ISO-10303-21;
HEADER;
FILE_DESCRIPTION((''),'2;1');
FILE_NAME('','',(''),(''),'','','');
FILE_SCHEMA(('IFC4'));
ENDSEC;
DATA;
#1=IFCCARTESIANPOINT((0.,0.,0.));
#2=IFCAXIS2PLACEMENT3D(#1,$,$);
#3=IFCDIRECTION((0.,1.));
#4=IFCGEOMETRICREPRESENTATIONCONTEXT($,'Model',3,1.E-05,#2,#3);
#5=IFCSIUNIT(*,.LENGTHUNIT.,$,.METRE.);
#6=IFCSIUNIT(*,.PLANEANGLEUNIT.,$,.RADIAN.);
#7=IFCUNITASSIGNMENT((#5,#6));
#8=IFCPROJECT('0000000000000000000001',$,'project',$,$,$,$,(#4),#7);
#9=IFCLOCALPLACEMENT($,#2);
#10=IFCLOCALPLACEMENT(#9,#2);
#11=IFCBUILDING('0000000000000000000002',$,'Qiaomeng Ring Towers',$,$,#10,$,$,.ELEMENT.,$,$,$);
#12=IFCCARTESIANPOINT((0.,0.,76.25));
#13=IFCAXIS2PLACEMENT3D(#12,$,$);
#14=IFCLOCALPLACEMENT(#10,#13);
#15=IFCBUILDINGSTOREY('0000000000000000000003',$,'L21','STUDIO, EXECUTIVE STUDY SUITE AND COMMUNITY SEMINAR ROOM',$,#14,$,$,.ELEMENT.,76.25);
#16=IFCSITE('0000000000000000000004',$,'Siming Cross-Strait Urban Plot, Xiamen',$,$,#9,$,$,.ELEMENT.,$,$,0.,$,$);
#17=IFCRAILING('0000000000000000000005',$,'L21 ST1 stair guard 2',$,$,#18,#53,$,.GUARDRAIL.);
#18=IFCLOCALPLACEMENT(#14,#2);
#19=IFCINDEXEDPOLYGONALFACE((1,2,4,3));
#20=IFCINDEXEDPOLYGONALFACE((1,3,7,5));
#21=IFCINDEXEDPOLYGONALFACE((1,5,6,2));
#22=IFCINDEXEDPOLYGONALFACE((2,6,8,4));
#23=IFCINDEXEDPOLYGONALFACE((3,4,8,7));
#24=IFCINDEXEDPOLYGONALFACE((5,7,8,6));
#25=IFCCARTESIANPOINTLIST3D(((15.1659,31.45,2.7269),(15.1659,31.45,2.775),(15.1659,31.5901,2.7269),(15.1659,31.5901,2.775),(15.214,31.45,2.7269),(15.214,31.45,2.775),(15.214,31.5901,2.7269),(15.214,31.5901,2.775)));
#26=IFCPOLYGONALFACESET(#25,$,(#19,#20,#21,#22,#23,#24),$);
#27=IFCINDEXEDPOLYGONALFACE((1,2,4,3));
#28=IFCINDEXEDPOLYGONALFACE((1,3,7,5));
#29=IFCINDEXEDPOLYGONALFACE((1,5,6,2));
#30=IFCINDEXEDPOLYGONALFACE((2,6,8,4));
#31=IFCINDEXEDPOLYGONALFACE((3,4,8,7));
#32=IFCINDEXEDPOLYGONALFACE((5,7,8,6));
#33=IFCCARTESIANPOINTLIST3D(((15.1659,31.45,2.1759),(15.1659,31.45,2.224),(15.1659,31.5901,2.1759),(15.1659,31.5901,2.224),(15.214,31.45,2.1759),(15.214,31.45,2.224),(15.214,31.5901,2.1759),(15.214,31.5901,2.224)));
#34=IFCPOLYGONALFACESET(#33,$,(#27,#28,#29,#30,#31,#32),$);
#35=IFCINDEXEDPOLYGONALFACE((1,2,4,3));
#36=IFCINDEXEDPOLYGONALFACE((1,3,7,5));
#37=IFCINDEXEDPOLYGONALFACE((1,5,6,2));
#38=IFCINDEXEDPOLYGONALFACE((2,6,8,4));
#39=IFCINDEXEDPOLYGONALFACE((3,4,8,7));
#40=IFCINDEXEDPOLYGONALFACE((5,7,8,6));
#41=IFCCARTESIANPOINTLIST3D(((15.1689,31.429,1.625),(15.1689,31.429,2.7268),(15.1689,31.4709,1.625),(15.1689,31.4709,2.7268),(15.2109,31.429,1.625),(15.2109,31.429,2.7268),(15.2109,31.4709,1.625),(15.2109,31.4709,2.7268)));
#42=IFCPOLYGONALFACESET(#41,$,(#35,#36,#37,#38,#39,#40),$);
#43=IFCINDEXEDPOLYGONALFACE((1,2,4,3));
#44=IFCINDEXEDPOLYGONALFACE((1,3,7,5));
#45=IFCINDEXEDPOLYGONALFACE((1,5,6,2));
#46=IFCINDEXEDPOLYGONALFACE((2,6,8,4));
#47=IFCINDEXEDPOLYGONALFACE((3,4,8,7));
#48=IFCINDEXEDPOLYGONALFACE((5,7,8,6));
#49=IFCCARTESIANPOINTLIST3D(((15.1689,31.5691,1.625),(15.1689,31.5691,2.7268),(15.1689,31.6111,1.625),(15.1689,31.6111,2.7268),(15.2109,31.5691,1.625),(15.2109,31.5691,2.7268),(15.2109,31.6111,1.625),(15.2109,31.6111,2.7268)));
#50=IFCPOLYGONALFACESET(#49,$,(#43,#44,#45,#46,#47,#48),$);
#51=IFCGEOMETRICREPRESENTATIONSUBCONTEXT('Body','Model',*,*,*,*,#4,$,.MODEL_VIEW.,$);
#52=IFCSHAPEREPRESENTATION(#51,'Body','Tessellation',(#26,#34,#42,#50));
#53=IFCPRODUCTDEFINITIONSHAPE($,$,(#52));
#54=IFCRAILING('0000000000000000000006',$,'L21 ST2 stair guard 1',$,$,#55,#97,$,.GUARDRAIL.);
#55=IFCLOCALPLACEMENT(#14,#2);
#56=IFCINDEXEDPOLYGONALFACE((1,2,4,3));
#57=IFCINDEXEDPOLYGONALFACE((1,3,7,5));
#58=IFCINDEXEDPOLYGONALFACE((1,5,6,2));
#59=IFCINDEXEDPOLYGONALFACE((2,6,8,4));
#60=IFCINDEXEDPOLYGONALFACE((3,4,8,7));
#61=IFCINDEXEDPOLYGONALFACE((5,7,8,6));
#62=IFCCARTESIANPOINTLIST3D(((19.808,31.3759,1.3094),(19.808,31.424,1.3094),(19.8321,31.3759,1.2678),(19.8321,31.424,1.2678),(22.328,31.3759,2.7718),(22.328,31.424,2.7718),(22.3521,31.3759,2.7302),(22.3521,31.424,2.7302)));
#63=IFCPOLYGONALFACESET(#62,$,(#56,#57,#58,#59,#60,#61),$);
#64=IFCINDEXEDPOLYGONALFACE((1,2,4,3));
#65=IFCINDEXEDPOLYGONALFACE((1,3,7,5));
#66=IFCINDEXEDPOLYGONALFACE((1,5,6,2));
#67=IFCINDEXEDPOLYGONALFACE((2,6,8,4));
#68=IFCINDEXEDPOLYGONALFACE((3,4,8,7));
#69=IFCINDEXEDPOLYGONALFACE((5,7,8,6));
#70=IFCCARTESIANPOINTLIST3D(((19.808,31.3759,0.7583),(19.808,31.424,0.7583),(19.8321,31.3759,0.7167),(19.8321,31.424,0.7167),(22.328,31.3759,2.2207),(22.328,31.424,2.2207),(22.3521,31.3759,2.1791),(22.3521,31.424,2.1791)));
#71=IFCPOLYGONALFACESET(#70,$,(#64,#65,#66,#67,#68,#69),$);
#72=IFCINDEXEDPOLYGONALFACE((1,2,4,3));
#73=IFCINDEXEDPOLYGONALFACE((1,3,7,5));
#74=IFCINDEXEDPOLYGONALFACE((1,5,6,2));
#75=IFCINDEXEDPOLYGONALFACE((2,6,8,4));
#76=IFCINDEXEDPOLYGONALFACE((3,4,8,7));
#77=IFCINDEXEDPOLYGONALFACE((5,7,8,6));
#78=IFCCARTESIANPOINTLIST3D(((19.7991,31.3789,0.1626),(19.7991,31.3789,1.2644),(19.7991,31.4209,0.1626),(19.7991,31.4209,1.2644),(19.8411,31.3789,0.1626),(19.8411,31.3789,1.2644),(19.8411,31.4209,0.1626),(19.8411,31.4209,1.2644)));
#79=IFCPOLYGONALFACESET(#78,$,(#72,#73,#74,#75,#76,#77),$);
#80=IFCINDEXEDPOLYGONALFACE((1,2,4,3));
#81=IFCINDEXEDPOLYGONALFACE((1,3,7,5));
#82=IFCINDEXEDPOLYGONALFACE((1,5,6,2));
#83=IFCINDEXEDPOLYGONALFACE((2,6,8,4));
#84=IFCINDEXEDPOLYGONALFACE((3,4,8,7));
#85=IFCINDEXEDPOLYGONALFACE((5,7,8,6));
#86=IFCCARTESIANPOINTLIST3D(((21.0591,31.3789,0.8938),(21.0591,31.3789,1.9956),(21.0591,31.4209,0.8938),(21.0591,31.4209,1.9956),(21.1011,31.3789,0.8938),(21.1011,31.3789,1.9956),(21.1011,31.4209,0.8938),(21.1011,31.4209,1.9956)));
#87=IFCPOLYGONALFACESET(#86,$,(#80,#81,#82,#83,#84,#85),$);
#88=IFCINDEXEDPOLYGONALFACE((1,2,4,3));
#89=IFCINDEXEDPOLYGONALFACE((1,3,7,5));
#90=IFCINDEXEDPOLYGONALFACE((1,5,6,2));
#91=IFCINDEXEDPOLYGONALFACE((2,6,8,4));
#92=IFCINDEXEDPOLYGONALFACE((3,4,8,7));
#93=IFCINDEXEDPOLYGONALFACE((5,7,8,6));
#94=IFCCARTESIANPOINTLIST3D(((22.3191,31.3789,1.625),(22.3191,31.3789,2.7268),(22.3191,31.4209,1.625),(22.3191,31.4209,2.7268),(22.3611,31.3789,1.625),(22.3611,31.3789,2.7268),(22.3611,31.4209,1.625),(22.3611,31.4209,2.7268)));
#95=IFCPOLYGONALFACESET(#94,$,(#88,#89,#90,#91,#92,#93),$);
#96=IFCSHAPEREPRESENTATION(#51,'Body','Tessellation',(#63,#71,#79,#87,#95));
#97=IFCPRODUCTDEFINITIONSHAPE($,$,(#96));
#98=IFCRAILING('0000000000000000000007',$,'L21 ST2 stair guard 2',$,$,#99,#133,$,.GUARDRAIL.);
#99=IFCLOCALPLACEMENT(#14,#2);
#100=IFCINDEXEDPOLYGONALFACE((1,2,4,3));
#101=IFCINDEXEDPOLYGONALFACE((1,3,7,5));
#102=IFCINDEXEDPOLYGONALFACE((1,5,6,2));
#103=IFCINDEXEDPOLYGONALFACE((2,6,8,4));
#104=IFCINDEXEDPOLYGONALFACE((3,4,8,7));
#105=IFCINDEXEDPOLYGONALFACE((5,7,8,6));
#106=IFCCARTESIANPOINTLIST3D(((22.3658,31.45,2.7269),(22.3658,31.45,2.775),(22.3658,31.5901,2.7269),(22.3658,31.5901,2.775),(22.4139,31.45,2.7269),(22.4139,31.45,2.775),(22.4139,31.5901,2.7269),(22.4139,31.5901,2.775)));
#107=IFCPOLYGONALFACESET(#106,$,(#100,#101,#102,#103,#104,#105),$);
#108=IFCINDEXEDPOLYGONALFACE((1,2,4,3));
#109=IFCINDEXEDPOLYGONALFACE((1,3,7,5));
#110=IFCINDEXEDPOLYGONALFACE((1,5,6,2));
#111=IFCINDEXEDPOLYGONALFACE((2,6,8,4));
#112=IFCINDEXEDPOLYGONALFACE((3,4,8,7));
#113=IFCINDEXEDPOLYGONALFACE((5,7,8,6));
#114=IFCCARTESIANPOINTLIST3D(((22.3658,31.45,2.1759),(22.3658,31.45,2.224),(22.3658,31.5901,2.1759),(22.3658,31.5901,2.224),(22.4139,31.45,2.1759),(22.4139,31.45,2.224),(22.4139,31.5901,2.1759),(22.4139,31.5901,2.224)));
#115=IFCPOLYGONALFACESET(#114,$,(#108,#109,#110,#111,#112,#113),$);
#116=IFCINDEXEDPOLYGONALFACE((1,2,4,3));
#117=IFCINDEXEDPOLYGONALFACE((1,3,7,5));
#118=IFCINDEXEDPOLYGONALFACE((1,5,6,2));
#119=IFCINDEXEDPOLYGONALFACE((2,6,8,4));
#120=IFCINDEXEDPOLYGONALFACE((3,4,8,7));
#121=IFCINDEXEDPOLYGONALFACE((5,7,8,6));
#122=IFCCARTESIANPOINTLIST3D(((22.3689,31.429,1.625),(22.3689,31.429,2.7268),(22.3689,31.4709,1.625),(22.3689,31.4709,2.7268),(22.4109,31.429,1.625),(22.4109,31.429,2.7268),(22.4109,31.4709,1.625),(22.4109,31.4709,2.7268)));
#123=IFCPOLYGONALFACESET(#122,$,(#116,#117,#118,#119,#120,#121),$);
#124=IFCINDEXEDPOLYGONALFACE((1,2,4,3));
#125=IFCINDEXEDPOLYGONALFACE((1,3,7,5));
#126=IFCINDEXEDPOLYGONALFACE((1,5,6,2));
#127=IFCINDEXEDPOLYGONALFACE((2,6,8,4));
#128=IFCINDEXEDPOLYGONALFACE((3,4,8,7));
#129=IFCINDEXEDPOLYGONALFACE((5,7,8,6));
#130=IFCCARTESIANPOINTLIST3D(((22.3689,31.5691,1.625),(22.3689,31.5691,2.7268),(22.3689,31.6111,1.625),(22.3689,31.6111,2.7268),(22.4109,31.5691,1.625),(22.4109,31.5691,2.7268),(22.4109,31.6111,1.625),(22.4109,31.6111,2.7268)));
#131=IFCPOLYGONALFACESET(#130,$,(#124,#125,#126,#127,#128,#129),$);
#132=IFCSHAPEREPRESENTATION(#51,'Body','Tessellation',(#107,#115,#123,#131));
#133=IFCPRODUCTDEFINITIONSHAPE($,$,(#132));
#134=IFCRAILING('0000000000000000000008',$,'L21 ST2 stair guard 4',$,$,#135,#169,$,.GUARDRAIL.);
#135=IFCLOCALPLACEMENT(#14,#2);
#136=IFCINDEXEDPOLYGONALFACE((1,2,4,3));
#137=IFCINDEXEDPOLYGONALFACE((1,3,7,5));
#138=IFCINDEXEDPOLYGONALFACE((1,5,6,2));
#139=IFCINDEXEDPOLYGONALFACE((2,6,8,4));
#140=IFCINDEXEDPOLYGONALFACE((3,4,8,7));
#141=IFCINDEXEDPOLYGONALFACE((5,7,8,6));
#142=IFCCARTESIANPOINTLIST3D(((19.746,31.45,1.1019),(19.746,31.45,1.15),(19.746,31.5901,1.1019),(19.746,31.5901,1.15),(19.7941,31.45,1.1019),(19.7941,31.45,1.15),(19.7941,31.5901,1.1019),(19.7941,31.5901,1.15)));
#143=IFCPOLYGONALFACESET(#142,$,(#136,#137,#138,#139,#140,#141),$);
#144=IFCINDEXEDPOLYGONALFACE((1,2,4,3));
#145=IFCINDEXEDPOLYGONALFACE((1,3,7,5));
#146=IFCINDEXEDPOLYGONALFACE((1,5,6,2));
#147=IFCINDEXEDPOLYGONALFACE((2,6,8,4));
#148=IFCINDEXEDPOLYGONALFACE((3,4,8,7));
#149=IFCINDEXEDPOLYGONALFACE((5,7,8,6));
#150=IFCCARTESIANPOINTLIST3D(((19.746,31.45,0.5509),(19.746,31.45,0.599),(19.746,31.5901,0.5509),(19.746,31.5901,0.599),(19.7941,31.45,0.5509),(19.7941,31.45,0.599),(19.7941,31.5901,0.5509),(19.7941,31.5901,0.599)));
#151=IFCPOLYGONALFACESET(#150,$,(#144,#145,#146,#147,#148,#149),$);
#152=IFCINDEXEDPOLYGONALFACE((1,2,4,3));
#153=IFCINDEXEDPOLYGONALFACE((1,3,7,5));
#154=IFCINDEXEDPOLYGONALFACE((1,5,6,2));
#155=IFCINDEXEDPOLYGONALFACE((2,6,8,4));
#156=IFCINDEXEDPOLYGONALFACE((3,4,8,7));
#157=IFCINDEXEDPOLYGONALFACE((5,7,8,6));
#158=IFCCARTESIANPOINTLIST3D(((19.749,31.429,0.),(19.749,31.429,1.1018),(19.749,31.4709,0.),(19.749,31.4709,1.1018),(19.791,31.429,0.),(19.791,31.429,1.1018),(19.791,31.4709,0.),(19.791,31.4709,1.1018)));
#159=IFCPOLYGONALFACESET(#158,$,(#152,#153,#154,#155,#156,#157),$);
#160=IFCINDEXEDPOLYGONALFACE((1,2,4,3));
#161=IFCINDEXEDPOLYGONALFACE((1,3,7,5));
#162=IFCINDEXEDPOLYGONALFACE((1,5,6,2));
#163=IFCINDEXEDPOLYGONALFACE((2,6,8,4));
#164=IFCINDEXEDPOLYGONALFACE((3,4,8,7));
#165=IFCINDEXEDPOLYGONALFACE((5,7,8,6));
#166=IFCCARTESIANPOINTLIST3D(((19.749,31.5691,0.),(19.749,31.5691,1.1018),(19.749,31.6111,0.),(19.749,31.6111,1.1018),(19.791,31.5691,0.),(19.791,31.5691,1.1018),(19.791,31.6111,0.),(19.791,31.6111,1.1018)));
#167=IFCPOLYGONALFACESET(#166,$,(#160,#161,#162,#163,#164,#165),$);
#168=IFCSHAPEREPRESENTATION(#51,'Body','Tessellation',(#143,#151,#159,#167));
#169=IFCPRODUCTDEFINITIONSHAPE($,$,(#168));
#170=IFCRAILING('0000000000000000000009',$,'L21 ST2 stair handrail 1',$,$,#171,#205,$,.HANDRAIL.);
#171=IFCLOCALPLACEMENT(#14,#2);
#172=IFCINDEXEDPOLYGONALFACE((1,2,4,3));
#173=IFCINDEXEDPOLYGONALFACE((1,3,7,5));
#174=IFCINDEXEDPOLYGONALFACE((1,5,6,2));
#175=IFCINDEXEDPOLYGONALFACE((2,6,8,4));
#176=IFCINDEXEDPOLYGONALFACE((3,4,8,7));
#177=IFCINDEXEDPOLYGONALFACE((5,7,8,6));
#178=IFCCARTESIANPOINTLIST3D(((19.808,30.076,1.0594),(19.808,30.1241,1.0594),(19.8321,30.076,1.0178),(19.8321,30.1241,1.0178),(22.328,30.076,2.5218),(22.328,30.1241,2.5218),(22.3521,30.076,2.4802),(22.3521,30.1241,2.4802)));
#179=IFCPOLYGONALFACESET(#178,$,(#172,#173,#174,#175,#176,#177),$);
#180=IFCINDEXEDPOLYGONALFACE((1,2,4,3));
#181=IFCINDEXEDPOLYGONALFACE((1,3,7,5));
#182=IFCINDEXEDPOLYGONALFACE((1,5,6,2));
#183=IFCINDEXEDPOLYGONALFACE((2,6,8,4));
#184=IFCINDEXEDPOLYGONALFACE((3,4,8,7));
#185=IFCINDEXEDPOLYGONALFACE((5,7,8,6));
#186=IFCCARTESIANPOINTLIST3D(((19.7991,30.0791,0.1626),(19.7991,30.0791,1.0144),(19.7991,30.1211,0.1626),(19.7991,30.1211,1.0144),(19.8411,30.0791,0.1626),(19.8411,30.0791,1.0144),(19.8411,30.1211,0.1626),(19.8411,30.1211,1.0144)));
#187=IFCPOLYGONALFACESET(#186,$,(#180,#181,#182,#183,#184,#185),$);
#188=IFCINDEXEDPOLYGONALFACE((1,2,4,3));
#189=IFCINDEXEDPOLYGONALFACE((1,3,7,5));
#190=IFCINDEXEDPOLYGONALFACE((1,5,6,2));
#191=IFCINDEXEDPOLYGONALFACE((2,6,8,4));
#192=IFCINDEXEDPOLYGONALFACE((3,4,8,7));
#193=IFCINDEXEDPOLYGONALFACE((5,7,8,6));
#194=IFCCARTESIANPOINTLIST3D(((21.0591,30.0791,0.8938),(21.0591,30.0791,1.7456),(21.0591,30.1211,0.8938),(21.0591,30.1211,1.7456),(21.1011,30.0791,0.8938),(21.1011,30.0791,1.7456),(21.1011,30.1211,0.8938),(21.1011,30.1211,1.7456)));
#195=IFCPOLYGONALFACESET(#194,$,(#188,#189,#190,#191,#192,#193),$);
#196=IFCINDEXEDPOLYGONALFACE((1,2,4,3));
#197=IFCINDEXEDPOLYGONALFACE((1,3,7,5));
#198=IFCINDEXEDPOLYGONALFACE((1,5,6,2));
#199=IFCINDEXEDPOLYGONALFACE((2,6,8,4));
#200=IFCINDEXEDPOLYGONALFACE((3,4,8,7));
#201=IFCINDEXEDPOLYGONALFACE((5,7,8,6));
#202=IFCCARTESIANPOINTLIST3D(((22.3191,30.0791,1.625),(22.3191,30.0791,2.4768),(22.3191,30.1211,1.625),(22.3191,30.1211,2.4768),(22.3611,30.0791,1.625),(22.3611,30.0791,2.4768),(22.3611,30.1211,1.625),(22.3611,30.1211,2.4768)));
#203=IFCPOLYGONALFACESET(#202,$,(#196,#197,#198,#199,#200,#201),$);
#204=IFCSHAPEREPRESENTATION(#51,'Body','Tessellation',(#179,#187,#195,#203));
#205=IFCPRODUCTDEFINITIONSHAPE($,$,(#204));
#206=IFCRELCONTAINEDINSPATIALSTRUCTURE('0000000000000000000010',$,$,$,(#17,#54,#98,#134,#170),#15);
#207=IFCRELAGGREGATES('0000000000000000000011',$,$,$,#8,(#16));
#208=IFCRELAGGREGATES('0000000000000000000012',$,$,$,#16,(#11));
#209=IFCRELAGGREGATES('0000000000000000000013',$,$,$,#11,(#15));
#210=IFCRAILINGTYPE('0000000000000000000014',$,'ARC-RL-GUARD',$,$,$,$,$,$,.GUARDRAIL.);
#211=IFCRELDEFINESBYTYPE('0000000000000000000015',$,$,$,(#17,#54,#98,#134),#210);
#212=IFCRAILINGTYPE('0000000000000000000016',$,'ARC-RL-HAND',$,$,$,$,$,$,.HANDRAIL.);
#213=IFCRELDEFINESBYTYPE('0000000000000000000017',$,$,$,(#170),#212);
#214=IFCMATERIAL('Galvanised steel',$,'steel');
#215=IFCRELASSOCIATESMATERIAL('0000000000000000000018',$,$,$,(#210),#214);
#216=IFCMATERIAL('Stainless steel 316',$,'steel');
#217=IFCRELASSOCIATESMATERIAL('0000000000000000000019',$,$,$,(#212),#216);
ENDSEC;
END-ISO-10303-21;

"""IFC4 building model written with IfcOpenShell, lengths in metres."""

from ifc_helpers import new_model, si_unit, direction, frame, origin, origin_2d, place, context, subcontext, project, spatial, rectangle, extrude, material, type_object, element, save


model = new_model("IFC4")

# Units and contexts
model_context = context("Model", 3, precision=1e-05, world=origin(), true_north=direction((0.0, 1.0)))
body_context = subcontext(model_context, "Body", "Model", "MODEL_VIEW")
ifc_project = project(units=[si_unit("LENGTHUNIT", "METRE"), si_unit("PLANEANGLEUNIT", "RADIAN")], contexts=[model_context])

# Site, building, storey
site_placement = place(None, origin())
site = spatial("IfcSite", under=ifc_project, at=site_placement, Name="Siming Cross-Strait Urban Plot, Xiamen", CompositionType="ELEMENT", RefElevation=0.0)
building_placement = place(site_placement, origin())
building = spatial("IfcBuilding", under=site, at=building_placement, Name="Qiaomeng Ring Towers", CompositionType="ELEMENT")
storey_placement = place(building_placement, frame((0.0, 0.0, 76.25)))
storey = spatial("IfcBuildingStorey", under=building, at=storey_placement, Name="L21", Description="STUDIO, EXECUTIVE STUDY SUITE AND COMMUNITY SEMINAR ROOM", CompositionType="ELEMENT", Elevation=76.25)

# Shared definitions
ifc_material_1 = material(Name="Galvanised steel", Category="steel")

# Shared definitions
ifc_material_2 = material(Name="Stainless steel 316", Category="steel")

# Railings
railing_type_1 = type_object("IfcRailingType", Name="ARC-RL-GUARD", PredefinedType="GUARDRAIL", material=ifc_material_1)
railing_1_placement = place(storey_placement, frame((15.1899, 31.45, 1.625)))
element("IfcRailing", 1, at=railing_1_placement, inside=storey, type_object=railing_type_1, Name="L21 ST1 stair guard 2", PredefinedType="GUARDRAIL", context=body_context, shape_type="SweptSolid", body=[
    extrude(rectangle(XDim=0.0481, YDim=0.0481, at=origin_2d()), frame((0.0, 0.0, 1.126), z_axis=(0.0, 1.0, 0.0), x_axis=(-1.0, 0.0, 0.0)), (0.0, 0.0, 1.0), 0.1401),
    extrude(rectangle(XDim=0.0481, YDim=0.0481, at=origin_2d()), frame((0.0, 0.0, 0.575), z_axis=(0.0, 1.0, 0.0), x_axis=(-1.0, 0.0, 0.0)), (0.0, 0.0, 1.0), 0.1401),
    extrude(rectangle(XDim=0.042, YDim=0.042, at=origin_2d()), origin(), (0.0, 0.0, 1.0), 1.1018),
    extrude(rectangle(XDim=0.042, YDim=0.042, at=origin_2d()), frame((0.0, 0.1401, 0.0)), (0.0, 0.0, 1.0), 1.1018),
])
railing_2_placement = place(storey_placement, frame((19.8201, 31.3999, 0.1626)))
element("IfcRailing", 2, at=railing_2_placement, inside=storey, type_object=railing_type_1, Name="L21 ST2 stair guard 1", PredefinedType="GUARDRAIL", context=body_context, shape_type="SweptSolid", body=[
    extrude(rectangle(XDim=0.0481, YDim=0.0481, at=origin_2d()), frame((0.0, 0.0, 1.126), z_axis=(0.864913, 0.0, 0.501921), x_axis=(0.0, 1.0, 0.0)), (0.0, 0.0, 1.0), 2.9136),
    extrude(rectangle(XDim=0.0481, YDim=0.0481, at=origin_2d()), frame((0.0, 0.0, 0.575), z_axis=(0.864913, 0.0, 0.501921), x_axis=(0.0, 1.0, 0.0)), (0.0, 0.0, 1.0), 2.9136),
    extrude(rectangle(XDim=0.042, YDim=0.042, at=origin_2d()), origin(), (0.0, 0.0, 1.0), 1.1018),
    extrude(rectangle(XDim=0.042, YDim=0.042, at=origin_2d()), frame((1.26, 0.0, 0.7312)), (0.0, 0.0, 1.0), 1.1018),
    extrude(rectangle(XDim=0.042, YDim=0.042, at=origin_2d()), frame((2.52, 0.0, 1.4624)), (0.0, 0.0, 1.0), 1.1018),
])
for number, where, name in (
    (3, (22.3899, 31.45, 1.625), "L21 ST2 stair guard 2"),
    (4, (19.77, 31.45, 0.0), "L21 ST2 stair guard 4"),
):
    element("IfcRailing", number, at=place(storey_placement, frame(where)), inside=storey, type_object=railing_type_1, Name=name, PredefinedType="GUARDRAIL", context=body_context, shape_type="SweptSolid", body=[
        extrude(rectangle(XDim=0.0481, YDim=0.0481, at=origin_2d()), frame((0.0, 0.0, 1.126), z_axis=(0.0, 1.0, 0.0), x_axis=(-1.0, 0.0, 0.0)), (0.0, 0.0, 1.0), 0.1401),
        extrude(rectangle(XDim=0.0481, YDim=0.0481, at=origin_2d()), frame((0.0, 0.0, 0.575), z_axis=(0.0, 1.0, 0.0), x_axis=(-1.0, 0.0, 0.0)), (0.0, 0.0, 1.0), 0.1401),
        extrude(rectangle(XDim=0.042, YDim=0.042, at=origin_2d()), origin(), (0.0, 0.0, 1.0), 1.1018),
        extrude(rectangle(XDim=0.042, YDim=0.042, at=origin_2d()), frame((0.0, 0.1401, 0.0)), (0.0, 0.0, 1.0), 1.1018),
    ])
railing_type_2 = type_object("IfcRailingType", Name="ARC-RL-HAND", PredefinedType="HANDRAIL", material=ifc_material_2)
railing_3_placement = place(storey_placement, frame((19.8201, 30.1001, 0.1626)))
element("IfcRailing", 5, at=railing_3_placement, inside=storey, type_object=railing_type_2, Name="L21 ST2 stair handrail 1", PredefinedType="HANDRAIL", context=body_context, shape_type="SweptSolid", body=[
    extrude(rectangle(XDim=0.0481, YDim=0.0481, at=origin_2d()), frame((0.0, 0.0, 0.876), z_axis=(0.864913, 0.0, 0.501921), x_axis=(0.0, 1.0, 0.0)), (0.0, 0.0, 1.0), 2.9136),
    extrude(rectangle(XDim=0.042, YDim=0.042, at=origin_2d()), origin(), (0.0, 0.0, 1.0), 0.8518),
    extrude(rectangle(XDim=0.042, YDim=0.042, at=origin_2d()), frame((1.26, 0.0, 0.7312)), (0.0, 0.0, 1.0), 0.8518),
    extrude(rectangle(XDim=0.042, YDim=0.042, at=origin_2d()), frame((2.52, 0.0, 1.4624)), (0.0, 0.0, 1.0), 0.8518),
])

save(model, "model.ifc")
